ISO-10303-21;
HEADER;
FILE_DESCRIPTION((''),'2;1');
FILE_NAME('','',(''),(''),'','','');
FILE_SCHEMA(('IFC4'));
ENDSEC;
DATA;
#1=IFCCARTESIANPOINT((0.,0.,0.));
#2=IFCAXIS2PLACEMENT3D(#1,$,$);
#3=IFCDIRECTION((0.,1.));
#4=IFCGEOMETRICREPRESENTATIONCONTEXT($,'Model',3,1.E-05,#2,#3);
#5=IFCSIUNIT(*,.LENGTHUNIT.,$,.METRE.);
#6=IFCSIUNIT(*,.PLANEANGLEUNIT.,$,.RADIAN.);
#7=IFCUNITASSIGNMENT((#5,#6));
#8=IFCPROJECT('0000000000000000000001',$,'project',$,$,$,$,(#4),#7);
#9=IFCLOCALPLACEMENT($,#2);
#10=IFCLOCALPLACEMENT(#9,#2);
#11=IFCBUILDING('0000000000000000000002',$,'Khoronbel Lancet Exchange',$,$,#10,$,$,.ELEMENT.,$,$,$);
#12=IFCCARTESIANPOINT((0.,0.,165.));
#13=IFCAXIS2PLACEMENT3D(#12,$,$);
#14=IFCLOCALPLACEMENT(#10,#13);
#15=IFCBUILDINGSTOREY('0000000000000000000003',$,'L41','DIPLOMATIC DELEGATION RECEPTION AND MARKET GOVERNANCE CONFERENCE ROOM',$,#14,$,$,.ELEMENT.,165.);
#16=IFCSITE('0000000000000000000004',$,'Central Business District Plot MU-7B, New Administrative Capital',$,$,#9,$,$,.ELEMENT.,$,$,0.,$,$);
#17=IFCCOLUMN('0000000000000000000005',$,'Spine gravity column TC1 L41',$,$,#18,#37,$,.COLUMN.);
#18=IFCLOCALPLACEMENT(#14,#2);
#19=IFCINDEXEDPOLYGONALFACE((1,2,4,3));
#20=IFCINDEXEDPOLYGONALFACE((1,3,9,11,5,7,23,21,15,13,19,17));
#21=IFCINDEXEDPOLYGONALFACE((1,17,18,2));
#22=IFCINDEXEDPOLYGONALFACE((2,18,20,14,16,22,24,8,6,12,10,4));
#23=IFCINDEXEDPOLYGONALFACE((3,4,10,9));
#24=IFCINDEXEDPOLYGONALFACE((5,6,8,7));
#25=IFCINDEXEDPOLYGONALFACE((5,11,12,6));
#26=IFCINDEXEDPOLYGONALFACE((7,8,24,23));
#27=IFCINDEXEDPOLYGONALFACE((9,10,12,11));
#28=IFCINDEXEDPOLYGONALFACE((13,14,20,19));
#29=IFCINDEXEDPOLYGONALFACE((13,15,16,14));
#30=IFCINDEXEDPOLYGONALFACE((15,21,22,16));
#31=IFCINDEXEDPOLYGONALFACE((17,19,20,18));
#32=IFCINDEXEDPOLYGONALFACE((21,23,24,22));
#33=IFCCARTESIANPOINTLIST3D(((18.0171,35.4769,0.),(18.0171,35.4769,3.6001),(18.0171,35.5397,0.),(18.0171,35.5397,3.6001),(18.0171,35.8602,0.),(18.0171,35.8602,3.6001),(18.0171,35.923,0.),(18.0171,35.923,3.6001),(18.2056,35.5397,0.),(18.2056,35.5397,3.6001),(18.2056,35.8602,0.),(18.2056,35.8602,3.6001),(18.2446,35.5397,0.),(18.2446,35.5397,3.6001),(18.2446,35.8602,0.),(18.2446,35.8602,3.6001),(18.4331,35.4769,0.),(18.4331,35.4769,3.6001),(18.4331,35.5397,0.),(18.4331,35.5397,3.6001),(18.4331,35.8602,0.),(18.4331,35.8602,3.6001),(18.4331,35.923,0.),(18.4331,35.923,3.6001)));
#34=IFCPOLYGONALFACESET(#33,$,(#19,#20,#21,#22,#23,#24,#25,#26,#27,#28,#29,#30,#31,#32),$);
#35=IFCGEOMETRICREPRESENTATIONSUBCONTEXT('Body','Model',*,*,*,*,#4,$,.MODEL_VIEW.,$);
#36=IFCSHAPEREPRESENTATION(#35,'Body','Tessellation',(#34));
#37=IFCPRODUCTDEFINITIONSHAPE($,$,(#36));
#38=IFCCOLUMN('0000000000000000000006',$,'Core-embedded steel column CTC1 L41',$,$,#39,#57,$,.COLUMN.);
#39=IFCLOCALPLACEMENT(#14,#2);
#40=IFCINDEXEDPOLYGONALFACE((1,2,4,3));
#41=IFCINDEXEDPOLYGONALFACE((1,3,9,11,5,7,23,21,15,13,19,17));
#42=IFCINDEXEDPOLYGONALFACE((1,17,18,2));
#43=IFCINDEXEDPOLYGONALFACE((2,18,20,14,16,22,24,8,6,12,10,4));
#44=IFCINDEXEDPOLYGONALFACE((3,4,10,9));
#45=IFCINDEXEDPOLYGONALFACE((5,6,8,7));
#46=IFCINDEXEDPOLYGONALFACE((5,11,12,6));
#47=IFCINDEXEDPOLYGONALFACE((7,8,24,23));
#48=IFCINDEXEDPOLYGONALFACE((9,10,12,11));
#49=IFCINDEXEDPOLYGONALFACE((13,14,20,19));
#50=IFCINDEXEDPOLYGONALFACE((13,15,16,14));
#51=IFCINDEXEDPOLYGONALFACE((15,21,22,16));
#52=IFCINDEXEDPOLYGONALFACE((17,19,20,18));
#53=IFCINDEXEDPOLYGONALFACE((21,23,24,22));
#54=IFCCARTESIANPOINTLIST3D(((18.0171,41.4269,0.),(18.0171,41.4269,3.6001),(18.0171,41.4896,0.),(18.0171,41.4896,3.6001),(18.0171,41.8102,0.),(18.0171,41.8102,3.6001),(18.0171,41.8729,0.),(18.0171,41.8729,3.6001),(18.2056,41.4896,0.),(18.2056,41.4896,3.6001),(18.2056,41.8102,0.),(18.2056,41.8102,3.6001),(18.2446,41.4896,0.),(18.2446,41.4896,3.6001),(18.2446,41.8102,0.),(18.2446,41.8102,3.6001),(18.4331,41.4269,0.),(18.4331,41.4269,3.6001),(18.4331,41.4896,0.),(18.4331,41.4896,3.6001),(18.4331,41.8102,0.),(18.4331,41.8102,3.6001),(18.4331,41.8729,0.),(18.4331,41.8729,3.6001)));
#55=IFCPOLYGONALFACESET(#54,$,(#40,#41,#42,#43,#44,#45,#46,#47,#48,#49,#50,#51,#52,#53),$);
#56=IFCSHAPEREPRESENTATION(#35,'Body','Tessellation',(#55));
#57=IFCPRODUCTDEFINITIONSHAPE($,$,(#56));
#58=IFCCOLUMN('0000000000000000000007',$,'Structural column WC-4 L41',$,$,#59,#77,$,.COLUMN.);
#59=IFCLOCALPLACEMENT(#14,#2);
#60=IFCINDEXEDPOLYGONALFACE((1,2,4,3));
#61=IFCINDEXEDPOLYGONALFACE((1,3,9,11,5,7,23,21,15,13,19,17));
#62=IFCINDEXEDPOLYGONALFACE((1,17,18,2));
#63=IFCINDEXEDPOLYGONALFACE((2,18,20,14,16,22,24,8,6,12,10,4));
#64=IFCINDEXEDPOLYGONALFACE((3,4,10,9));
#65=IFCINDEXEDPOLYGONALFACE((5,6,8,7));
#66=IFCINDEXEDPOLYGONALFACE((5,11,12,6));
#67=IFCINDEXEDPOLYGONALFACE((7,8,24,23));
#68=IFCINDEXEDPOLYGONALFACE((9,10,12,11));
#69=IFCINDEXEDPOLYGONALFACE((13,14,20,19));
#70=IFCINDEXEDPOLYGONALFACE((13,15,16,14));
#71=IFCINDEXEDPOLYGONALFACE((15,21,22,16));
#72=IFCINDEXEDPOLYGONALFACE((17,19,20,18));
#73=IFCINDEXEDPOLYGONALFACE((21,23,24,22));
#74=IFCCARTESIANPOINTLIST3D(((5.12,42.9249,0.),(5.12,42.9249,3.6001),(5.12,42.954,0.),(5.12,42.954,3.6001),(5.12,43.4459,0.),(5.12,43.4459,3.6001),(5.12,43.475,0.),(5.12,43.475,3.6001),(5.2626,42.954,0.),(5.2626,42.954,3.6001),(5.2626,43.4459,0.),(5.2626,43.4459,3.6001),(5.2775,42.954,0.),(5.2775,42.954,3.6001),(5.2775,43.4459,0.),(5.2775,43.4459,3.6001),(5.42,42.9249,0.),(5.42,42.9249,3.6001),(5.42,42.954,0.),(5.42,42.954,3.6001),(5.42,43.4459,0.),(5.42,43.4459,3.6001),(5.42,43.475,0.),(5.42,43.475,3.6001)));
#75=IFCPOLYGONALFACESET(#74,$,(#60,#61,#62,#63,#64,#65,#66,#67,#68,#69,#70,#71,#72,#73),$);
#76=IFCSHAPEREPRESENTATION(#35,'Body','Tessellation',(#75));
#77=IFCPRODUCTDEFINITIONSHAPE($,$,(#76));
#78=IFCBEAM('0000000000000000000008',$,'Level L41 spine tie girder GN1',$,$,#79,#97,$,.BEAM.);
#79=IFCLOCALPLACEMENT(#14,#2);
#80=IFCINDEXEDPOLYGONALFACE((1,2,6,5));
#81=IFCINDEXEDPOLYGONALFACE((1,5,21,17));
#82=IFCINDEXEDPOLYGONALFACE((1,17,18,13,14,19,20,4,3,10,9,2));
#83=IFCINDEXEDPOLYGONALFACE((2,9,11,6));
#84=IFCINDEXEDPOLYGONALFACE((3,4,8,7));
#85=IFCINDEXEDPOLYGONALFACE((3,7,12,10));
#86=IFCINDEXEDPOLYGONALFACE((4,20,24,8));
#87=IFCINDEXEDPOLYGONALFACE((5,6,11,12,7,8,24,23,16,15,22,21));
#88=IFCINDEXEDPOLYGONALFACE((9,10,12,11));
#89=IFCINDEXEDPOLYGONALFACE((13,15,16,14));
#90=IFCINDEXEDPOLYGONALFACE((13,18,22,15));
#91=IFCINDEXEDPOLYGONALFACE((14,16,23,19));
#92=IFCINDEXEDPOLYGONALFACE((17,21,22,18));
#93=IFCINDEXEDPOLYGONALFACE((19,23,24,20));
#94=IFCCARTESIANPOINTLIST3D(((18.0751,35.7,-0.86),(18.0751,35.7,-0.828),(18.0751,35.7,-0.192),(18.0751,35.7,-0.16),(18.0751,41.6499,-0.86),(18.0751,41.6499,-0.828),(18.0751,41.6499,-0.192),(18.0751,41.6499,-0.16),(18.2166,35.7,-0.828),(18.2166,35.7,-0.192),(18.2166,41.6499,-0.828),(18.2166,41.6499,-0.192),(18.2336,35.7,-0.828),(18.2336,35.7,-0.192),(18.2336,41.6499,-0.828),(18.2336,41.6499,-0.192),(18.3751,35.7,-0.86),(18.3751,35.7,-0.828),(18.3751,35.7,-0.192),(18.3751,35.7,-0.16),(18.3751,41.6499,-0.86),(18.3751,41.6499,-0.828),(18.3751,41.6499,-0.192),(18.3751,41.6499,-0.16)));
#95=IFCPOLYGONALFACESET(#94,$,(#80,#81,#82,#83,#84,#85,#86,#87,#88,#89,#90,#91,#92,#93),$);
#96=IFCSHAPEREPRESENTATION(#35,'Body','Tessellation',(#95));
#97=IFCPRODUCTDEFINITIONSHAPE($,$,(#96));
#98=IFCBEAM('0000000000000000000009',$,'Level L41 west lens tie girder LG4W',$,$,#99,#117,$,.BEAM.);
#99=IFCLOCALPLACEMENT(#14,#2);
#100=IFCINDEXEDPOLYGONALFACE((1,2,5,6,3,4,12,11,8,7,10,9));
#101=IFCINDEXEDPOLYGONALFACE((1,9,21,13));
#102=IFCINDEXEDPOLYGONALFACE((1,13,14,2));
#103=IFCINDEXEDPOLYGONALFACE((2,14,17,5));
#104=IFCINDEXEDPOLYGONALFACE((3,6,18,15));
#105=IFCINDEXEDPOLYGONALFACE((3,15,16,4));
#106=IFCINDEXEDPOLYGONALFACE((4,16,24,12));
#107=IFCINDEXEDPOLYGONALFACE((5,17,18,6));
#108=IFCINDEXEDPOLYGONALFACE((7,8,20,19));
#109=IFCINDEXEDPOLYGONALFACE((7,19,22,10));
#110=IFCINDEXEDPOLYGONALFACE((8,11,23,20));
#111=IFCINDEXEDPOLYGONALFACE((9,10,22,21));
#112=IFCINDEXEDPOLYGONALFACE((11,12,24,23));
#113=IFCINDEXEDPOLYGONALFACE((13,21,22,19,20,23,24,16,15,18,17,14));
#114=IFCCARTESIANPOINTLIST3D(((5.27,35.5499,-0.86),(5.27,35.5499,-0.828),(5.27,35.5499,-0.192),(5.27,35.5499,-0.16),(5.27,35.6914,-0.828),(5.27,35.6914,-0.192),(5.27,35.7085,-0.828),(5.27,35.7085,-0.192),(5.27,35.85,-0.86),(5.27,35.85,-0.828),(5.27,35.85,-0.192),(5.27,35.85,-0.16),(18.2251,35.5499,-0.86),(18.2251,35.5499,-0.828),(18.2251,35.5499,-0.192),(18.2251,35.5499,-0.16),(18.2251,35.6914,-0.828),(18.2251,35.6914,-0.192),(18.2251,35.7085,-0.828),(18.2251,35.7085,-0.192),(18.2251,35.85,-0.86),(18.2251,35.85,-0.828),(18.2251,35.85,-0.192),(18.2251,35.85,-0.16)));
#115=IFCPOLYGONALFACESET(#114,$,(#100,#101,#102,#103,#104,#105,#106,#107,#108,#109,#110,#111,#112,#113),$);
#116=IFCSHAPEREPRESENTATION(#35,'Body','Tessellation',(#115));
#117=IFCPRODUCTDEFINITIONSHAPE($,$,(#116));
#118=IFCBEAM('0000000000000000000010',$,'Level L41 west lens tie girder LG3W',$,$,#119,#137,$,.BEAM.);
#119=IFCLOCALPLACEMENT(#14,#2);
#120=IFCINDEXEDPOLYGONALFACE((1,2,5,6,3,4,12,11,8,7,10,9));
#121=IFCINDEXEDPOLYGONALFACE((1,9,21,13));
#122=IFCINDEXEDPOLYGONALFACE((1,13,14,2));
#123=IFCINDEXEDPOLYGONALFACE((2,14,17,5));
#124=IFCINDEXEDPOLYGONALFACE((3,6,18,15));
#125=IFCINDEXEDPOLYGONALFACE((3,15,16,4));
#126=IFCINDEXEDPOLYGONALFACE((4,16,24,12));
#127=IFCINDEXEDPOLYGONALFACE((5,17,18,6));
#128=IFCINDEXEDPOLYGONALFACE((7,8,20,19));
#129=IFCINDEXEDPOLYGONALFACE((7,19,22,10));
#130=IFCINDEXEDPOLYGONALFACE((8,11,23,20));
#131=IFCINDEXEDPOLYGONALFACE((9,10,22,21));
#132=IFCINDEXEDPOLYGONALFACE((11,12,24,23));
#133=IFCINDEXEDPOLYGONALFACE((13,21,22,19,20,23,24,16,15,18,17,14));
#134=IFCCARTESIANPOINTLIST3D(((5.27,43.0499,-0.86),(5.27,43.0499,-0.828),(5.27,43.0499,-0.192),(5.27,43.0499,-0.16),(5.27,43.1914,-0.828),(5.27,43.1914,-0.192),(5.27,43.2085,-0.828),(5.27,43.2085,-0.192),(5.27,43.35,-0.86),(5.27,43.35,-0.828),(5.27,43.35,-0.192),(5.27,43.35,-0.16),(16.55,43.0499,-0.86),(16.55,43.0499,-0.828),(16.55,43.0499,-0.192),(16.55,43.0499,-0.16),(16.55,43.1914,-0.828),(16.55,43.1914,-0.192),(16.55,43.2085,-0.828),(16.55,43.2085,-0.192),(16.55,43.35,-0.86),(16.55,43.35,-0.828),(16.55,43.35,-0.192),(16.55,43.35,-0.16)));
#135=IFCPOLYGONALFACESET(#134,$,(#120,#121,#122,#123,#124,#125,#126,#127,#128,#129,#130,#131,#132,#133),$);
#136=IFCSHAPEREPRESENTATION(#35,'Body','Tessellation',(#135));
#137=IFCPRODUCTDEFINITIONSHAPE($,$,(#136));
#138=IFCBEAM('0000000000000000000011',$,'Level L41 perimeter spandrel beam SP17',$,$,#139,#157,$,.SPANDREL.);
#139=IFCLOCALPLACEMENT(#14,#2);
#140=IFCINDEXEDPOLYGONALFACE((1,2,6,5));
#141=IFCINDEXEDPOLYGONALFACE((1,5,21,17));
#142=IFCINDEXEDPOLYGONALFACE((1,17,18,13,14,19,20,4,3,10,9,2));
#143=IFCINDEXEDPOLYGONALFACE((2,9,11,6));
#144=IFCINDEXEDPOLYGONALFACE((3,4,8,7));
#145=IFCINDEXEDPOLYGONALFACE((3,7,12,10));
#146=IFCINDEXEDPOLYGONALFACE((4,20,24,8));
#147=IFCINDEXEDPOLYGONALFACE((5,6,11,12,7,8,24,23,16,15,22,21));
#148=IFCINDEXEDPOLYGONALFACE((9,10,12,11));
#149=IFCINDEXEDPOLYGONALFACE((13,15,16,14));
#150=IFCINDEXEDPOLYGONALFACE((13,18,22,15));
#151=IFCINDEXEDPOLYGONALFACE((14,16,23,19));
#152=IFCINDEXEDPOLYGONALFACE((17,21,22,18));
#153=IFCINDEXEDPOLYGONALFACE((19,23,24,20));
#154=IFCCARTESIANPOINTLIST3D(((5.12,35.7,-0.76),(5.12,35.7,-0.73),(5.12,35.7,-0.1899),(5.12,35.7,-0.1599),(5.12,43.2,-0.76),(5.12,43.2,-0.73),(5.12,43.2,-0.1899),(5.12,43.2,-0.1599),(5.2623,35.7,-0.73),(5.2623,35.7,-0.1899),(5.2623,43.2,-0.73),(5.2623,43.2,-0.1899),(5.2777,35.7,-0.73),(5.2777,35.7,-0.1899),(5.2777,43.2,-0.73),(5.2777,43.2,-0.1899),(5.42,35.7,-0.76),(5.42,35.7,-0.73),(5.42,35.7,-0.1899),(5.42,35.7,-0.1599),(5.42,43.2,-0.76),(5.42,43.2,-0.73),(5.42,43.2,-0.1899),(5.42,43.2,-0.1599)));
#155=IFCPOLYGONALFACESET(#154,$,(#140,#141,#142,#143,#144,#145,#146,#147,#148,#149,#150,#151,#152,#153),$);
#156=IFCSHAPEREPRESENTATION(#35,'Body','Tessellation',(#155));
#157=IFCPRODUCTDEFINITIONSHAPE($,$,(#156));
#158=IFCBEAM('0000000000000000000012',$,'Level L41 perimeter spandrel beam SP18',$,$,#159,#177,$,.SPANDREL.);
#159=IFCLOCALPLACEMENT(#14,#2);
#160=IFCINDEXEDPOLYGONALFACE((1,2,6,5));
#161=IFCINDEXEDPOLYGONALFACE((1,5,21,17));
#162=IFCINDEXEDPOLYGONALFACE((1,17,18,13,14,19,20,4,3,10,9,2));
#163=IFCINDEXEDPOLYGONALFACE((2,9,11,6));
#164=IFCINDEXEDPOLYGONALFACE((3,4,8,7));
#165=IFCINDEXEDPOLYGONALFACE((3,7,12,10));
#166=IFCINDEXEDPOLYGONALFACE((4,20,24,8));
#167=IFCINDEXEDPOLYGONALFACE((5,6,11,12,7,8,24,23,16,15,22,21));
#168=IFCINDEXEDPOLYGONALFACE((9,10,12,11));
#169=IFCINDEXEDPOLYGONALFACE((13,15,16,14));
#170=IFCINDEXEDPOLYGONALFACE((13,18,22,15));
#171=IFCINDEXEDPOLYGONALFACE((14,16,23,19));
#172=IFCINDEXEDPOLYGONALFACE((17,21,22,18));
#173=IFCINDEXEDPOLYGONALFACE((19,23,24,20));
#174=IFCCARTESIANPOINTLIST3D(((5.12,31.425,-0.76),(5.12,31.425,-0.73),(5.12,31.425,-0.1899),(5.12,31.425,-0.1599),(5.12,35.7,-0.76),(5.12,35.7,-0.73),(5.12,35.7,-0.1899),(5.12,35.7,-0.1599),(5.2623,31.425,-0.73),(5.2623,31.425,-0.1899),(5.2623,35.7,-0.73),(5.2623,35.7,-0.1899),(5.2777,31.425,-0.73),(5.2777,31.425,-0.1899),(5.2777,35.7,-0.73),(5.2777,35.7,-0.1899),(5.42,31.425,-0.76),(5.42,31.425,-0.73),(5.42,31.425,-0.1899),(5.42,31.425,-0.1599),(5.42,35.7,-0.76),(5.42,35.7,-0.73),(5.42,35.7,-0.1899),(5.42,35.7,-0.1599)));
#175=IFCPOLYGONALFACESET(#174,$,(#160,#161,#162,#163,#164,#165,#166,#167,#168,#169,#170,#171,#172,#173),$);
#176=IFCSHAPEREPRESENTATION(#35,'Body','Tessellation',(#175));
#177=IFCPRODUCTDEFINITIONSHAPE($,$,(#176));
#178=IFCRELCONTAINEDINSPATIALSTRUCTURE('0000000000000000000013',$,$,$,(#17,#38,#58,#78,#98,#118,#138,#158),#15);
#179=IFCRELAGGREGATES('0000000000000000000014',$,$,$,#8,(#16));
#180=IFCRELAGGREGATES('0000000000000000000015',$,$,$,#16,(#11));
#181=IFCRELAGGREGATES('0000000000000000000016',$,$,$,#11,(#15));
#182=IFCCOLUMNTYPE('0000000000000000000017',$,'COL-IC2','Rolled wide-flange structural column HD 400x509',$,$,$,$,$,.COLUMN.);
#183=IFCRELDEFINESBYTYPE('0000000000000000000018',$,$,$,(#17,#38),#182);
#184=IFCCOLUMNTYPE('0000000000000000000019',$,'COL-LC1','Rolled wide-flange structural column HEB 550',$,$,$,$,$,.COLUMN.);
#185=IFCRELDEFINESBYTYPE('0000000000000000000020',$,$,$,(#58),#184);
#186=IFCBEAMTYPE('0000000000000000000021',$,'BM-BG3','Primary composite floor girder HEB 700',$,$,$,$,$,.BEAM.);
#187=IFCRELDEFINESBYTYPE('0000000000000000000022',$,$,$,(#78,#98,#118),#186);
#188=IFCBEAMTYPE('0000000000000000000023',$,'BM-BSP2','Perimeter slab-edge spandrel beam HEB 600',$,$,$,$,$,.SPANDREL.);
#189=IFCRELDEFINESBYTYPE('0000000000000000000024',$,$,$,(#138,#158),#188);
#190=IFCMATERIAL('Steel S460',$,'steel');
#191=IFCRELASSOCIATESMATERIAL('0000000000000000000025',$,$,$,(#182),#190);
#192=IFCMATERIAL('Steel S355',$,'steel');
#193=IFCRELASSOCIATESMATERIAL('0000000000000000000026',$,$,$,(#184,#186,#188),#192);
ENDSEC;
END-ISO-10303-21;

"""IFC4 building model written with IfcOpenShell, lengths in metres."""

from ifc_helpers import new_model, si_unit, direction, frame, origin, origin_2d, place, context, subcontext, project, spatial, i_section, extrude, material, material_profile, profile_set, type_object, element, save


model = new_model("IFC4")

# Units and contexts
model_context = context("Model", 3, precision=1e-05, world=origin(), true_north=direction((0.0, 1.0)))
body_context = subcontext(model_context, "Body", "Model", "MODEL_VIEW")
ifc_project = project(units=[si_unit("LENGTHUNIT", "METRE"), si_unit("PLANEANGLEUNIT", "RADIAN")], contexts=[model_context])

# Site, building, storey
site_placement = place(None, origin())
site = spatial("IfcSite", under=ifc_project, at=site_placement, Name="Central Business District Plot MU-7B, New Administrative Capital", CompositionType="ELEMENT", RefElevation=0.0)
building_placement = place(site_placement, origin())
building = spatial("IfcBuilding", under=site, at=building_placement, Name="Khoronbel Lancet Exchange", CompositionType="ELEMENT")
storey_placement = place(building_placement, frame((0.0, 0.0, 165.0)))
storey = spatial("IfcBuildingStorey", under=building, at=storey_placement, Name="L41", Description="DIPLOMATIC DELEGATION RECEPTION AND MARKET GOVERNANCE CONFERENCE ROOM", CompositionType="ELEMENT", Elevation=165.0)

# Columns
ifc_material_1 = material(Name="Steel S460", Category="steel")
ifc_material_profile_1 = material_profile(ifc_material_1, i_section(OverallWidth=0.416, OverallDepth=0.446, WebThickness=0.0391, FlangeThickness=0.0627, at=origin_2d()), Name="HD 400x509")
ifc_profile_set_1 = profile_set([ifc_material_profile_1], Name="Steel S460")
column_type_1 = type_object("IfcColumnType", Name="COL-IC2", Description="Rolled wide-flange structural column HD 400x509", PredefinedType="COLUMN", material=ifc_profile_set_1)
for number, where, z_axis, x_axis, name in (
    (1, (18.2251, 35.7, 0.0), (0.0, 0.0, 1.0), (1.0, 0.0, 0.0), "Spine gravity column TC1 L41"),
    (2, (18.2251, 41.6499, 0.0), (0.0, 0.0, 1.0), (1.0, 0.0, 0.0), "Core-embedded steel column CTC1 L41"),
):
    element("IfcColumn", number, at=place(storey_placement, frame(where, z_axis=z_axis, x_axis=x_axis)), inside=storey, type_object=column_type_1, Name=name, PredefinedType="COLUMN", context=body_context, shape_type="SweptSolid", body=[
        extrude(i_section(OverallWidth=0.416, OverallDepth=0.446, WebThickness=0.0391, FlangeThickness=0.0627, at=origin_2d()), origin(), (0.0, 0.0, 1.0), 3.6001),
    ])
ifc_material_2 = material(Name="Steel S355", Category="steel")
ifc_material_profile_2 = material_profile(ifc_material_2, i_section(OverallWidth=0.3, OverallDepth=0.55, WebThickness=0.0149, FlangeThickness=0.0291, at=origin_2d()), Name="HEB 550")
ifc_profile_set_2 = profile_set([ifc_material_profile_2], Name="Steel S355")
column_type_2 = type_object("IfcColumnType", Name="COL-LC1", Description="Rolled wide-flange structural column HEB 550", PredefinedType="COLUMN", material=ifc_profile_set_2)
column_placement = place(storey_placement, frame((5.27, 43.2, 0.0), z_axis=(0.0, 0.0, 1.0), x_axis=(1.0, 0.0, 0.0)))
element("IfcColumn", 3, at=column_placement, inside=storey, type_object=column_type_2, Name="Structural column WC-4 L41", PredefinedType="COLUMN", context=body_context, shape_type="SweptSolid", body=[
    extrude(i_section(OverallWidth=0.3, OverallDepth=0.55, WebThickness=0.0149, FlangeThickness=0.0291, at=origin_2d()), origin(), (0.0, 0.0, 1.0), 3.6001),
])

# Beams
ifc_material_profile_3 = material_profile(ifc_material_2, i_section(OverallWidth=0.3, OverallDepth=0.7, WebThickness=0.0171, FlangeThickness=0.032, at=origin_2d()), Name="HEB 700")
ifc_profile_set_3 = profile_set([ifc_material_profile_3], Name="Steel S355")
beam_type_1 = type_object("IfcBeamType", Name="BM-BG3", Description="Primary composite floor girder HEB 700", PredefinedType="BEAM", material=ifc_profile_set_3)
beam_1_placement = place(storey_placement, frame((18.2251, 35.7, -0.51), z_axis=(0.0, 1.0, 0.0), x_axis=(-1.0, 0.0, 0.0)))
element("IfcBeam", 4, at=beam_1_placement, inside=storey, type_object=beam_type_1, Name="Level L41 spine tie girder GN1", PredefinedType="BEAM", context=body_context, shape_type="SweptSolid", body=[
    extrude(i_section(OverallWidth=0.3, OverallDepth=0.7, WebThickness=0.0171, FlangeThickness=0.032, at=origin_2d()), origin(), (0.0, 0.0, 1.0), 5.95),
])
beam_2_placement = place(storey_placement, frame((5.27, 35.7, -0.51), z_axis=(1.0, 0.0, 0.0), x_axis=(0.0, 1.0, 0.0)))
element("IfcBeam", 5, at=beam_2_placement, inside=storey, type_object=beam_type_1, Name="Level L41 west lens tie girder LG4W", PredefinedType="BEAM", context=body_context, shape_type="SweptSolid", body=[
    extrude(i_section(OverallWidth=0.3, OverallDepth=0.7, WebThickness=0.0171, FlangeThickness=0.032, at=origin_2d()), origin(), (0.0, 0.0, 1.0), 12.9551),
])
beam_3_placement = place(storey_placement, frame((5.27, 43.2, -0.51), z_axis=(1.0, 0.0, 0.0), x_axis=(0.0, 1.0, 0.0)))
element("IfcBeam", 6, at=beam_3_placement, inside=storey, type_object=beam_type_1, Name="Level L41 west lens tie girder LG3W", PredefinedType="BEAM", context=body_context, shape_type="SweptSolid", body=[
    extrude(i_section(OverallWidth=0.3, OverallDepth=0.7, WebThickness=0.0171, FlangeThickness=0.032, at=origin_2d()), origin(), (0.0, 0.0, 1.0), 11.28),
])
ifc_material_profile_4 = material_profile(ifc_material_2, i_section(OverallWidth=0.3, OverallDepth=0.6001, WebThickness=0.0154, FlangeThickness=0.03, at=origin_2d()), Name="HEB 600")
ifc_profile_set_4 = profile_set([ifc_material_profile_4], Name="Steel S355")
beam_type_2 = type_object("IfcBeamType", Name="BM-BSP2", Description="Perimeter slab-edge spandrel beam HEB 600", PredefinedType="SPANDREL", material=ifc_profile_set_4)
beam_4_placement = place(storey_placement, frame((5.27, 43.2, -0.46), z_axis=(0.0, -1.0, 0.0), x_axis=(1.0, 0.0, 0.0)))
element("IfcBeam", 7, at=beam_4_placement, inside=storey, type_object=beam_type_2, Name="Level L41 perimeter spandrel beam SP17", PredefinedType="SPANDREL", context=body_context, shape_type="SweptSolid", body=[
    extrude(i_section(OverallWidth=0.3, OverallDepth=0.6001, WebThickness=0.0154, FlangeThickness=0.03, at=origin_2d()), origin(), (0.0, 0.0, 1.0), 7.5),
])
beam_5_placement = place(storey_placement, frame((5.27, 35.7, -0.46), z_axis=(0.0, -1.0, 0.0), x_axis=(1.0, 0.0, 0.0)))
element("IfcBeam", 8, at=beam_5_placement, inside=storey, type_object=beam_type_2, Name="Level L41 perimeter spandrel beam SP18", PredefinedType="SPANDREL", context=body_context, shape_type="SweptSolid", body=[
    extrude(i_section(OverallWidth=0.3, OverallDepth=0.6001, WebThickness=0.0154, FlangeThickness=0.03, at=origin_2d()), origin(), (0.0, 0.0, 1.0), 4.2749),
])

save(model, "model.ifc")
